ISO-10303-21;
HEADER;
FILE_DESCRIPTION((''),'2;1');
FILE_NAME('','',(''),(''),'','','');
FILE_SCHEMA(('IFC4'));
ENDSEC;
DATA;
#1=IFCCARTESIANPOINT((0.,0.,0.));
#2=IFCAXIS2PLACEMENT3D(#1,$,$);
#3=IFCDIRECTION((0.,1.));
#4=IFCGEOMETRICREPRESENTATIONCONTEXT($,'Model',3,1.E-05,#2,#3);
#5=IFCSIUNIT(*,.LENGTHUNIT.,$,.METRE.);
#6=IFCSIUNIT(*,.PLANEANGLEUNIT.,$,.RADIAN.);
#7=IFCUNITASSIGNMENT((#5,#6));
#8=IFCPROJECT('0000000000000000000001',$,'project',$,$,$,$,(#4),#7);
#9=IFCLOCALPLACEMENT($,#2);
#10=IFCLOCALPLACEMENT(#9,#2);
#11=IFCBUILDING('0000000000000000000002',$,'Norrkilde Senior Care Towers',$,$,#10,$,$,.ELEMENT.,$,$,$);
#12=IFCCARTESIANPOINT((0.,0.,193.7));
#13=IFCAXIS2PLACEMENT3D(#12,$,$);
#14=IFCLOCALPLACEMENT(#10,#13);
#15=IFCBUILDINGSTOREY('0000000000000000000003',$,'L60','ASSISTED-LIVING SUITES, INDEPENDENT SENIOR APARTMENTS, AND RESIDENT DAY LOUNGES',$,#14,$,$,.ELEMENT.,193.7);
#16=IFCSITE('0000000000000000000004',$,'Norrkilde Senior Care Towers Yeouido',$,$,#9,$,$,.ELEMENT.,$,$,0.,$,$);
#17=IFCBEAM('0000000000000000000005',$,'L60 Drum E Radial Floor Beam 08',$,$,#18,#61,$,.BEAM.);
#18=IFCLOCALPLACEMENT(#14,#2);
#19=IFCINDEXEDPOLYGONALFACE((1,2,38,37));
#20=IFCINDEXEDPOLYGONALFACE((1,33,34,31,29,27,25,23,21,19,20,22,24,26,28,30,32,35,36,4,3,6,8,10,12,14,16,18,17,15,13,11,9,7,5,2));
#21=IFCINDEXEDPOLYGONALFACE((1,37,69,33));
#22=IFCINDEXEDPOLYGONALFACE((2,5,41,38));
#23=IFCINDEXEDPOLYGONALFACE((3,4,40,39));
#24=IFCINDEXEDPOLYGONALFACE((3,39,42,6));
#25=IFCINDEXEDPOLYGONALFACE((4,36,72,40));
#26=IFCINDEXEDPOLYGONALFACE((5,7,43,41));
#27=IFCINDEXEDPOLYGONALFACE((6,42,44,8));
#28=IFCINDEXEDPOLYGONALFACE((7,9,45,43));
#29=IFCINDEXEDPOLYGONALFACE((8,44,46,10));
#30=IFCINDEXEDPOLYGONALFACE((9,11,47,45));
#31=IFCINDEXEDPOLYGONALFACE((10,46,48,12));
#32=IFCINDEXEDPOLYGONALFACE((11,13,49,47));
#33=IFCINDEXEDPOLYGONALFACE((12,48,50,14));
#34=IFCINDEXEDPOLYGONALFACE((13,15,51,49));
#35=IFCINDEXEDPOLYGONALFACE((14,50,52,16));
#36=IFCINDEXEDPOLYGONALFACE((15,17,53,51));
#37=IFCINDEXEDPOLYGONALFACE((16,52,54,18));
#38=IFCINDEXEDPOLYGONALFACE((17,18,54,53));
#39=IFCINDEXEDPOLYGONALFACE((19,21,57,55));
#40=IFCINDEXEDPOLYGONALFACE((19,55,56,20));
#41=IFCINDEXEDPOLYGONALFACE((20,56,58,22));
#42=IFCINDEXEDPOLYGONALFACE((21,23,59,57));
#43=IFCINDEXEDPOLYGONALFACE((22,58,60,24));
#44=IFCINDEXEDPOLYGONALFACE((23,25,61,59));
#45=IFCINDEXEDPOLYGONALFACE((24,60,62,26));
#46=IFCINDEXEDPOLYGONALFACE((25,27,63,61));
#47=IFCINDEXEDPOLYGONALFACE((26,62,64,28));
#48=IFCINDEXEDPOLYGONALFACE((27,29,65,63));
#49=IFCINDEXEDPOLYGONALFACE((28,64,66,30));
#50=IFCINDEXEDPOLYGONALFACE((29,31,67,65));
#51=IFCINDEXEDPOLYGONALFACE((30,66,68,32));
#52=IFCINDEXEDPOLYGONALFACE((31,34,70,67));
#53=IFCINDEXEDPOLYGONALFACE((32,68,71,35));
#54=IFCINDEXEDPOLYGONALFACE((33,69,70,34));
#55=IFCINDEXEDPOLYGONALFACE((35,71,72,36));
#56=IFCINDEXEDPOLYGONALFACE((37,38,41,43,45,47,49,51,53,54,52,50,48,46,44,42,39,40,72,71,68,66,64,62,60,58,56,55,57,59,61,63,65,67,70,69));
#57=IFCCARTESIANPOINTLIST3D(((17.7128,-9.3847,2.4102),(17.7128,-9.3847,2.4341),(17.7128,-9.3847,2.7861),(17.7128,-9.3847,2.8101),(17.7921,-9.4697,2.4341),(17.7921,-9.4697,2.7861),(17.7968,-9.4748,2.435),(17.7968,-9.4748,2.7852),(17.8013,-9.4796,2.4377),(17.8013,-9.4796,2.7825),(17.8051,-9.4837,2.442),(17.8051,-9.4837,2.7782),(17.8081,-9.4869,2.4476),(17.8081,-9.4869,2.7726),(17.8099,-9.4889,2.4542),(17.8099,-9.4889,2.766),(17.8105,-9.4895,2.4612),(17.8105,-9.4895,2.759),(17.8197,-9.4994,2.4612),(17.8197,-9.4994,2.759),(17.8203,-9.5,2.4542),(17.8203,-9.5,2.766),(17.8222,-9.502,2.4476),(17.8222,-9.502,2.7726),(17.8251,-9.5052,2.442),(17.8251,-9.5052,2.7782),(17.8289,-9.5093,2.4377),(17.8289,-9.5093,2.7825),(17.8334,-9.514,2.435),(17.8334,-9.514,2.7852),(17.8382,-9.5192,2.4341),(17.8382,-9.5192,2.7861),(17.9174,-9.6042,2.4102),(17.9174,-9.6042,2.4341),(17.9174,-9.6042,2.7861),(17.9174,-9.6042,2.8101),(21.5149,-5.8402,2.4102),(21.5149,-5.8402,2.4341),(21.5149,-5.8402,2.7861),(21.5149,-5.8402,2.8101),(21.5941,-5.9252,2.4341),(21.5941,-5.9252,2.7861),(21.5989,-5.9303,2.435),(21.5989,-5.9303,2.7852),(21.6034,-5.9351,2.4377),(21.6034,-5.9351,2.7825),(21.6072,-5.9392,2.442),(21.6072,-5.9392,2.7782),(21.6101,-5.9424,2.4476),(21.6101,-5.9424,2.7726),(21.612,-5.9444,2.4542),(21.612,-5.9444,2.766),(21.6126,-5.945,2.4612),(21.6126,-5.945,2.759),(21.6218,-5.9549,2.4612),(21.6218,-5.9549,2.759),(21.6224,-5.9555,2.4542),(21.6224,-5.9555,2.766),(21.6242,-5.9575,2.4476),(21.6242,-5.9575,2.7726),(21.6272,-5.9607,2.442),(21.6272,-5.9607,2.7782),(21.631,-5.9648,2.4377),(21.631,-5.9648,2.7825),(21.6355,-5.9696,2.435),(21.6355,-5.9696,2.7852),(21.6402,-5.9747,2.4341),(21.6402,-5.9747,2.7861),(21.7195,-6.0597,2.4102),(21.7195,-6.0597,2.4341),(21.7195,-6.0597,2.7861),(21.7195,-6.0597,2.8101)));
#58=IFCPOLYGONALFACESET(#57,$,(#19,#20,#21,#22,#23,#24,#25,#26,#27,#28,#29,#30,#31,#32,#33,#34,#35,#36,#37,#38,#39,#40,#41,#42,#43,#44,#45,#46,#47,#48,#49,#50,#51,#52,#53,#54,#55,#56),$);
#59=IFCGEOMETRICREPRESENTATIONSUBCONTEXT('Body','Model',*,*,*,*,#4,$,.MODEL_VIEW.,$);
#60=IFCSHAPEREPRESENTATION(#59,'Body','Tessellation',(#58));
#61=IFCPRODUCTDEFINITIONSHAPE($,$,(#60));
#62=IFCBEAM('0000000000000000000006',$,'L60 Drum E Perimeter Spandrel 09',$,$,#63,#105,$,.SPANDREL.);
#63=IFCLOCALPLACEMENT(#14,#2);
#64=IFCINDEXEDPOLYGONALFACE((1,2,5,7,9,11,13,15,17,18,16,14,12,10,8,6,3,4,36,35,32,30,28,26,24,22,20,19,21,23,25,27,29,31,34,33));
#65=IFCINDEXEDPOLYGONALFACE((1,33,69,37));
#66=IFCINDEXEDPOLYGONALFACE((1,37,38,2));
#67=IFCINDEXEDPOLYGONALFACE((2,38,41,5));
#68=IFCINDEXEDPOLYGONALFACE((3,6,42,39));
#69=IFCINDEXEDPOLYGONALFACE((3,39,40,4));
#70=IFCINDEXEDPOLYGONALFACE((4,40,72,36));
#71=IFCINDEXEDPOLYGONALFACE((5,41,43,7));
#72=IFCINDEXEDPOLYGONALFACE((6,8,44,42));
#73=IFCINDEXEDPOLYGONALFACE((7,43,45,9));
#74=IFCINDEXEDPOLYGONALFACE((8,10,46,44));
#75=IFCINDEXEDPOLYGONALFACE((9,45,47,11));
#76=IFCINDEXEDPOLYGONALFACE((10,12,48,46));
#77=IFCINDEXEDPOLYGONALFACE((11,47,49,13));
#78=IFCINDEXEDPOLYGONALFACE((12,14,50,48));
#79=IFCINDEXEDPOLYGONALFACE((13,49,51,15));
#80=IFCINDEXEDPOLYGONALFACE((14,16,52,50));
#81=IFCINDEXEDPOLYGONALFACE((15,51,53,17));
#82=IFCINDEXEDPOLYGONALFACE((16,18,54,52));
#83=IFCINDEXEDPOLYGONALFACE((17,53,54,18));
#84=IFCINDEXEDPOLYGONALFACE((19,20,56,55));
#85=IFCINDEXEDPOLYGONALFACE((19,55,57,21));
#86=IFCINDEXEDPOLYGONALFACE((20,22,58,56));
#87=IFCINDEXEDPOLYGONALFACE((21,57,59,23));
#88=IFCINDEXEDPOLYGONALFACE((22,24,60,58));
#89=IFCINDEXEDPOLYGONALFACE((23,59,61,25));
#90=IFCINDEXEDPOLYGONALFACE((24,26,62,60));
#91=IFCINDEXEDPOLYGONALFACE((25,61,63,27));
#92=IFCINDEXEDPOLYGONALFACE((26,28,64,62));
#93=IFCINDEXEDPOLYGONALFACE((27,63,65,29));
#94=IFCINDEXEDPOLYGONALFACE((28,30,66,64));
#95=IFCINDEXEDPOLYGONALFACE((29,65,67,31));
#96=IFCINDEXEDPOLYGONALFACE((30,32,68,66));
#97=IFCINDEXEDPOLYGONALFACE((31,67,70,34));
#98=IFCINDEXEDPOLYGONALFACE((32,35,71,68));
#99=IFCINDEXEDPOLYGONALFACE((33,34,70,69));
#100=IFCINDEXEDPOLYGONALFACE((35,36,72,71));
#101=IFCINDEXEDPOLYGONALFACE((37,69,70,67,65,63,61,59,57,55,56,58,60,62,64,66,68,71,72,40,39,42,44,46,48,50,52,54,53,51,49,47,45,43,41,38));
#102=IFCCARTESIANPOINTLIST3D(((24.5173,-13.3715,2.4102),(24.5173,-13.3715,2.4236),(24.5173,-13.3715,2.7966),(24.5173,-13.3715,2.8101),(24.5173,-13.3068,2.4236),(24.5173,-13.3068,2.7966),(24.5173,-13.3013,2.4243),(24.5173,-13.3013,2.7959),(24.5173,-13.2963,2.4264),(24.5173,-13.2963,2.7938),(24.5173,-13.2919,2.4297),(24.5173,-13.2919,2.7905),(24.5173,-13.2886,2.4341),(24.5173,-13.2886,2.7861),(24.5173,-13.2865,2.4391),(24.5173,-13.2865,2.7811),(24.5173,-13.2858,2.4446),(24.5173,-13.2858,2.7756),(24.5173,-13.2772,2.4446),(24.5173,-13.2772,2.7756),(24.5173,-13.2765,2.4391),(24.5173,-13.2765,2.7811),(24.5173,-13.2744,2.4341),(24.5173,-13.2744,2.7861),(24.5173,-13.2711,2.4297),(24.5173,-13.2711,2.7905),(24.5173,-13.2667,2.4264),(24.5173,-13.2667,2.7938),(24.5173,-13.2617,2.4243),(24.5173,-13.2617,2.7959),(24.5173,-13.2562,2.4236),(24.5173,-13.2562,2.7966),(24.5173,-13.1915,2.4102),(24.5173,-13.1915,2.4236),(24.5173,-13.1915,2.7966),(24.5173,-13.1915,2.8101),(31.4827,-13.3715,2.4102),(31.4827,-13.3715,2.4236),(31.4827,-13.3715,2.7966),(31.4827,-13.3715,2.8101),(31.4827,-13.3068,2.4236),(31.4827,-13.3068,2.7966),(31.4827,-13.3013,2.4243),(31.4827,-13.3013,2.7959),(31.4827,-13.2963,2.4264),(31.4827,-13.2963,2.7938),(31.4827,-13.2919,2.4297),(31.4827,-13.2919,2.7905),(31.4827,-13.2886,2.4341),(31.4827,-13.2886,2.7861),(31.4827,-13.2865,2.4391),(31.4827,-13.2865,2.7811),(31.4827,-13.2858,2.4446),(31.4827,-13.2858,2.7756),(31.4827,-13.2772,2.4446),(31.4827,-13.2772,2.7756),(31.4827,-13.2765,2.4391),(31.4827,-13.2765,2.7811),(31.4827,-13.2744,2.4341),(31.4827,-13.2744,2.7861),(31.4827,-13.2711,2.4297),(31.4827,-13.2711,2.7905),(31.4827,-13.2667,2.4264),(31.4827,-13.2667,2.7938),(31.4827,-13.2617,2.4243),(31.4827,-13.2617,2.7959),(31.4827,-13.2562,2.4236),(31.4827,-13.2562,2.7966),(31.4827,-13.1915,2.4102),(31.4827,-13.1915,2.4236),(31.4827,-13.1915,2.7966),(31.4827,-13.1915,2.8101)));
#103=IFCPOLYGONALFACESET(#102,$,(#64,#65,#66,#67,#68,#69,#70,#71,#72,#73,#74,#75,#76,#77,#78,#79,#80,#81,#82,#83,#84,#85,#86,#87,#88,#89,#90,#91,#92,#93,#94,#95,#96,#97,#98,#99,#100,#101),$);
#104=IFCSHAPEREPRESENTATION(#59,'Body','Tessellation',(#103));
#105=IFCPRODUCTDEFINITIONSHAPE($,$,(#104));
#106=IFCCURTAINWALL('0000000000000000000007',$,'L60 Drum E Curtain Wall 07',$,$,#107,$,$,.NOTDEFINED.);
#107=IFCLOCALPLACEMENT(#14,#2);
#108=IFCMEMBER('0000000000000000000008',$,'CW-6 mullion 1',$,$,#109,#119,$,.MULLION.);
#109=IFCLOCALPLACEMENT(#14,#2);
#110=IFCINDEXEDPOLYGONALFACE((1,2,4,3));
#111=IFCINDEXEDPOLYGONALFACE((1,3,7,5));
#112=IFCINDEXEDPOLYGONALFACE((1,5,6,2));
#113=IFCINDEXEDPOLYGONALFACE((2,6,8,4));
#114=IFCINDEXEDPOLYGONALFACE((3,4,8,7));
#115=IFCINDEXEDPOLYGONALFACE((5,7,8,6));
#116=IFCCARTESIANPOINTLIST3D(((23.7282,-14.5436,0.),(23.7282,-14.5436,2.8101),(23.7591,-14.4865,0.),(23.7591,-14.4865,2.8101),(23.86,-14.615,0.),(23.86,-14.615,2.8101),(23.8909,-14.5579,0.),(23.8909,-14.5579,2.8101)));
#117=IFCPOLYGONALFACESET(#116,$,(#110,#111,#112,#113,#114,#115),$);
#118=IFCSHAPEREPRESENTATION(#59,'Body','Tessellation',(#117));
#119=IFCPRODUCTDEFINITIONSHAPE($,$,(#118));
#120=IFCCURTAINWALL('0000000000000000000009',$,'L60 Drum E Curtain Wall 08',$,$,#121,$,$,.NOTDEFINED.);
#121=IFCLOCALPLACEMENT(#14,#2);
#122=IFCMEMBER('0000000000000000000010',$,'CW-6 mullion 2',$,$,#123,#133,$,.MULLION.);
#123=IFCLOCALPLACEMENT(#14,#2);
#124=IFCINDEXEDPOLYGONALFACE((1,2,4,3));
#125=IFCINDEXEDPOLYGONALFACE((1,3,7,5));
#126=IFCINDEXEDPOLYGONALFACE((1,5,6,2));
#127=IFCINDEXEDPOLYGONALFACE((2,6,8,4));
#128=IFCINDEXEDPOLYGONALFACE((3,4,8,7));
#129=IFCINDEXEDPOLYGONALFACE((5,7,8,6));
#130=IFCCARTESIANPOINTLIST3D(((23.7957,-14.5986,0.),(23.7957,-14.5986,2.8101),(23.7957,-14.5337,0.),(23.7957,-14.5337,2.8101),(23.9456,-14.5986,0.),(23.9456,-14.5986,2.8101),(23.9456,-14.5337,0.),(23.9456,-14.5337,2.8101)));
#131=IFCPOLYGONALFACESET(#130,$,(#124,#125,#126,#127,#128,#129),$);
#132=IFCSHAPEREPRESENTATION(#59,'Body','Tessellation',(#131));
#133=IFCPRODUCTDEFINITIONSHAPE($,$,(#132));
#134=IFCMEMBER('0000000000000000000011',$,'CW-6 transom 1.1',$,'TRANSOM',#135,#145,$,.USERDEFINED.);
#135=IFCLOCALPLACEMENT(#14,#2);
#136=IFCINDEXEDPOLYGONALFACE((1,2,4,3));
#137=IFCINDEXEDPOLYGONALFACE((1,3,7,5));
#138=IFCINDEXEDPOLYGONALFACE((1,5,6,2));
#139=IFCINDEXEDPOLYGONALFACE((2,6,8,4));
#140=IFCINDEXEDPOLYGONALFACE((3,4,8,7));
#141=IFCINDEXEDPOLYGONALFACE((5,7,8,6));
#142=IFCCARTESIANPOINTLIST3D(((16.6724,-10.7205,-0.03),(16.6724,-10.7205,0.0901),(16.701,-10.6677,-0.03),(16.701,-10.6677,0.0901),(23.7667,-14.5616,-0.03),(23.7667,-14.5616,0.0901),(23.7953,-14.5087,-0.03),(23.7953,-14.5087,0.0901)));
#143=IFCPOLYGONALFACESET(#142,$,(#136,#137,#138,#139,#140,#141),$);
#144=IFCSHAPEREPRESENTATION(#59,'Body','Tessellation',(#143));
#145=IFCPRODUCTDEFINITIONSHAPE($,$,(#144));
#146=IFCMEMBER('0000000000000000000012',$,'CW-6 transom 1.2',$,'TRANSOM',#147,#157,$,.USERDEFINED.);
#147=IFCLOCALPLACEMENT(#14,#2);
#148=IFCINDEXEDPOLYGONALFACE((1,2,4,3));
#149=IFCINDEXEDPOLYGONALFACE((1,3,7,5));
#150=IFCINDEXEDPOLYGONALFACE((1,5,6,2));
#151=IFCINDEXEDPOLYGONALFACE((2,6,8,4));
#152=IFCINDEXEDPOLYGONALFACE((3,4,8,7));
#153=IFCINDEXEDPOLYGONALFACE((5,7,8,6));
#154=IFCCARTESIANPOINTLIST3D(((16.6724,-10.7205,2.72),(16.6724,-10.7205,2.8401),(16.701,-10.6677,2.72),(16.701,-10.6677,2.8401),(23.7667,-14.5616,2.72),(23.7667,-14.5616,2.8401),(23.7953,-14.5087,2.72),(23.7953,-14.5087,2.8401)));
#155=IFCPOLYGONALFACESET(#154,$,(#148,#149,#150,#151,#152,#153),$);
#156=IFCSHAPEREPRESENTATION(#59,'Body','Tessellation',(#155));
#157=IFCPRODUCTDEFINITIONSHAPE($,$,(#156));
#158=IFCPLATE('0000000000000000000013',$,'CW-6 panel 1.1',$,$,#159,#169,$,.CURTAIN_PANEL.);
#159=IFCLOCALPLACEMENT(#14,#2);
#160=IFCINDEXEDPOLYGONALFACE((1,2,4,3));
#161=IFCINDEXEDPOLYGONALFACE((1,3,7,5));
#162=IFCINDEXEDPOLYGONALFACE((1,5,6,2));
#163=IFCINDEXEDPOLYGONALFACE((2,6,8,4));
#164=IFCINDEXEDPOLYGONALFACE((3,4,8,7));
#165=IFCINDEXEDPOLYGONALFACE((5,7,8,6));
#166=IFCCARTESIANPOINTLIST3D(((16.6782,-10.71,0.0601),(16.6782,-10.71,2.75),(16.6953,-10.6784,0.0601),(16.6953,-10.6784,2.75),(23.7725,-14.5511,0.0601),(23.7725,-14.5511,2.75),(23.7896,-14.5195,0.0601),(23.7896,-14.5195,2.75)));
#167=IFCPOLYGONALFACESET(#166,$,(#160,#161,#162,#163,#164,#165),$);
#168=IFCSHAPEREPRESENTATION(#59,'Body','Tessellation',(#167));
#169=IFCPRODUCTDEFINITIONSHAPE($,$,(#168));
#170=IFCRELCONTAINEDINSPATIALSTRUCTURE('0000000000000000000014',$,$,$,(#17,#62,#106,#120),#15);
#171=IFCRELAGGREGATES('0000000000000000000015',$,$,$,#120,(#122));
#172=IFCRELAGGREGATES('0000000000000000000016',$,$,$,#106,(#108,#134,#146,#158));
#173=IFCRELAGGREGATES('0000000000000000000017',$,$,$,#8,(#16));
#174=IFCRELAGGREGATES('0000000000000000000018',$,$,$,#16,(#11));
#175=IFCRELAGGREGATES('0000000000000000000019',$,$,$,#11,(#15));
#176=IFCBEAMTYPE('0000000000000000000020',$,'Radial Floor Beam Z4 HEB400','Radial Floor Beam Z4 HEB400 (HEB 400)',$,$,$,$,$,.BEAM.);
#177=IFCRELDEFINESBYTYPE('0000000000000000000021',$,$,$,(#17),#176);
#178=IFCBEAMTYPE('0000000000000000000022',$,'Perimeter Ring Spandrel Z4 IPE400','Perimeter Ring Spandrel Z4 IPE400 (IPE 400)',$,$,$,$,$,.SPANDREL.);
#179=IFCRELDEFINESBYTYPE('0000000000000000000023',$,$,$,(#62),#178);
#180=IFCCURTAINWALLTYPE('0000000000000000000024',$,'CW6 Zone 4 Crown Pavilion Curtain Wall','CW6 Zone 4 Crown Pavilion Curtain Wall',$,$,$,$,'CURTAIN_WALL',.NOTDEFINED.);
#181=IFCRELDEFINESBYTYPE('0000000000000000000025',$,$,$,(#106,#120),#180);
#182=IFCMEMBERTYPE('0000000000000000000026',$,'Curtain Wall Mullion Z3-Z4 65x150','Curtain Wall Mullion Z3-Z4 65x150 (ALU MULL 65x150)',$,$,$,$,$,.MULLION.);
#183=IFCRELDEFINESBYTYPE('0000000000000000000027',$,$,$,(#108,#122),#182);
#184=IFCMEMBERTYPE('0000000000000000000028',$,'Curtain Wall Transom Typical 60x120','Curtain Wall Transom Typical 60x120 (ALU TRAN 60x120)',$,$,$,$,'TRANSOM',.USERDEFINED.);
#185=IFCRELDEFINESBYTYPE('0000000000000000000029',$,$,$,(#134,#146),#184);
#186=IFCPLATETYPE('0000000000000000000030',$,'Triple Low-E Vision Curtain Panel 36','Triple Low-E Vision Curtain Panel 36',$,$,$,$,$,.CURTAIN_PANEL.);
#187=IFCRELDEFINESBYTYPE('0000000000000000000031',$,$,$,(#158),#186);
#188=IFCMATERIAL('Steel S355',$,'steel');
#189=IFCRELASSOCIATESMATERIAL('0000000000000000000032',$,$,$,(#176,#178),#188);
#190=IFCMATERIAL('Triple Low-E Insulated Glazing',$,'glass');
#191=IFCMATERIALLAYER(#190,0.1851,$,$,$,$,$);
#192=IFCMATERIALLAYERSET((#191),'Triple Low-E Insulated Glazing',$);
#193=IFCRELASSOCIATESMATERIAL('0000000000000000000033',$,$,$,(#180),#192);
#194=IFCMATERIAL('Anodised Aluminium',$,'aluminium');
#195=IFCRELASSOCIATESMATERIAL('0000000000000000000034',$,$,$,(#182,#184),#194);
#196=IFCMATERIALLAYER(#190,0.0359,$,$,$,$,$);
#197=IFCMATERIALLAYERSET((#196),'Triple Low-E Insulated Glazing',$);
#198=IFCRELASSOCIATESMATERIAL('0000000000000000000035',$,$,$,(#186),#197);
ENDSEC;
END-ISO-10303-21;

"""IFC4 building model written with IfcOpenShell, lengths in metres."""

from ifc_helpers import new_model, si_unit, direction, frame, origin, origin_2d, place, context, subcontext, project, spatial, rectangle, i_section, extrude, source, transform, mapped, material, layer, layer_set, material_profile, profile_set, type_object, type_shapes, element, aggregate, save


model = new_model("IFC4")

# Units and contexts
model_context = context("Model", 3, precision=1e-05, world=origin(), true_north=direction((0.0, 1.0)))
body_context = subcontext(model_context, "Body", "Model", "MODEL_VIEW")
ifc_project = project(units=[si_unit("LENGTHUNIT", "METRE"), si_unit("PLANEANGLEUNIT", "RADIAN")], contexts=[model_context])

# Site, building, storey
site_placement = place(None, origin())
site = spatial("IfcSite", under=ifc_project, at=site_placement, Name="Norrkilde Senior Care Towers Yeouido", CompositionType="ELEMENT", RefElevation=0.0)
building_placement = place(site_placement, origin())
building = spatial("IfcBuilding", under=site, at=building_placement, Name="Norrkilde Senior Care Towers", CompositionType="ELEMENT")
storey_placement = place(building_placement, frame((0.0, 0.0, 193.7)))
storey = spatial("IfcBuildingStorey", under=building, at=storey_placement, Name="L60", Description="ASSISTED-LIVING SUITES, INDEPENDENT SENIOR APARTMENTS, AND RESIDENT DAY LOUNGES", CompositionType="ELEMENT", Elevation=193.7)

# Beams
ifc_material_1 = material(Name="Steel S355", Category="steel")
ifc_material_profile_1 = material_profile(ifc_material_1, i_section(OverallWidth=0.3, OverallDepth=0.3999, WebThickness=0.0134, FlangeThickness=0.0239, FilletRadius=0.0271, at=origin_2d()), Name="HEB 400")
ifc_profile_set_1 = profile_set([ifc_material_profile_1], Name="Steel S355")
beam_type_1 = type_object("IfcBeamType", Name="Radial Floor Beam Z4 HEB400", Description="Radial Floor Beam Z4 HEB400 (HEB 400)", PredefinedType="BEAM", material=ifc_profile_set_1)
shared_shape_1 = source(origin(), body_context, "Body", "SweptSolid", [
    extrude(i_section(OverallWidth=0.3, OverallDepth=0.3999, WebThickness=0.0134, FlangeThickness=0.0239, FilletRadius=0.0271, at=origin_2d()), origin(), (0.0, 0.0, 1.0), 5.198),
])
beam_1_placement = place(storey_placement, frame((21.6172, -5.95, 2.6101), z_axis=(-0.731449, -0.681896, 0.0), x_axis=(0.681896, -0.731449, 0.0)))
element("IfcBeam", 1, at=beam_1_placement, inside=storey, type_object=beam_type_1, Name="L60 Drum E Radial Floor Beam 08", PredefinedType="BEAM", context=body_context, shape_type="MappedRepresentation", body=[
    mapped(shared_shape_1, transform((0.0, 0.0, 0.0), x_axis=(1.0, 0.0, 0.0), y_axis=(0.0, 1.0, 0.0), z_axis=(0.0, 0.0, 1.0), scale=1.0)),
])
ifc_material_profile_2 = material_profile(ifc_material_1, i_section(OverallWidth=0.1799, OverallDepth=0.3999, WebThickness=0.0085, FlangeThickness=0.0134, FilletRadius=0.021, at=origin_2d()), Name="IPE 400")
ifc_profile_set_2 = profile_set([ifc_material_profile_2], Name="Steel S355")
beam_type_2 = type_object("IfcBeamType", Name="Perimeter Ring Spandrel Z4 IPE400", Description="Perimeter Ring Spandrel Z4 IPE400 (IPE 400)", PredefinedType="SPANDREL", material=ifc_profile_set_2)
shared_shape_2 = source(origin(), body_context, "Body", "SweptSolid", [
    extrude(i_section(OverallWidth=0.1799, OverallDepth=0.3999, WebThickness=0.0085, FlangeThickness=0.0134, FilletRadius=0.021, at=origin_2d()), origin(), (0.0, 0.0, 1.0), 6.9653),
])
type_shapes(beam_type_2, [shared_shape_2])
beam_2_placement = place(storey_placement, frame((24.5173, -13.2815, 2.6101), z_axis=(1.0, 0.0, 0.0), x_axis=(0.0, 1.0, 0.0)))
element("IfcBeam", 2, at=beam_2_placement, inside=storey, type_object=beam_type_2, Name="L60 Drum E Perimeter Spandrel 09", PredefinedType="SPANDREL", context=body_context, shape_type="MappedRepresentation", body=[
    mapped(shared_shape_2, transform((0.0, 0.0, 0.0), x_axis=(1.0, 0.0, 0.0), y_axis=(0.0, 1.0, 0.0), z_axis=(0.0, 0.0, 1.0), scale=1.0)),
])

# Curtain walls, members
ifc_material_2 = material(Name="Triple Low-E Insulated Glazing", Category="glass")
ifc_layer_1 = layer(ifc_material_2, 0.1851)
ifc_layer_set_1 = layer_set([ifc_layer_1], Name="Triple Low-E Insulated Glazing")
curtain_wall_type = type_object("IfcCurtainWallType", Name="CW6 Zone 4 Crown Pavilion Curtain Wall", Description="CW6 Zone 4 Crown Pavilion Curtain Wall", ElementType="CURTAIN_WALL", PredefinedType="NOTDEFINED", material=ifc_layer_set_1)
curtain_wall_1_placement = place(storey_placement, origin())
curtain_wall_1 = element("IfcCurtainWall", 3, at=curtain_wall_1_placement, inside=storey, type_object=curtain_wall_type, Name="L60 Drum E Curtain Wall 07", PredefinedType="NOTDEFINED")
ifc_material_3 = material(Name="Anodised Aluminium", Category="aluminium")
ifc_material_profile_3 = material_profile(ifc_material_3, rectangle(XDim=0.0649, YDim=0.1499, at=origin_2d()), Name="ALU MULL 65x150")
ifc_profile_set_3 = profile_set([ifc_material_profile_3], Name="Anodised Aluminium")
member_type_1 = type_object("IfcMemberType", Name="Curtain Wall Mullion Z3-Z4 65x150", Description="Curtain Wall Mullion Z3-Z4 65x150 (ALU MULL 65x150)", PredefinedType="MULLION", material=ifc_profile_set_3)
shared_shape_3 = source(origin(), body_context, "Body", "SweptSolid", [
    extrude(rectangle(XDim=0.0649, YDim=0.1499, at=origin_2d()), origin(), (0.0, 0.0, 1.0), 2.8101),
])
type_shapes(member_type_1, [shared_shape_3])
member_1_placement = place(storey_placement, frame((23.8096, -14.5508, 0.0), z_axis=(0.0, 0.0, 1.0), x_axis=(-0.476133, -0.879373, 0.0)))
member_1 = element("IfcMember", 4, at=member_1_placement, type_object=member_type_1, Name="CW-6 mullion 1", PredefinedType="MULLION", context=body_context, shape_type="MappedRepresentation", body=[
    mapped(shared_shape_3, transform((0.0, 0.0, 0.0), x_axis=(1.0, 0.0, 0.0), y_axis=(0.0, 1.0, 0.0), z_axis=(0.0, 0.0, 1.0), scale=1.0)),
])
curtain_wall_2_placement = place(storey_placement, origin())
curtain_wall_2 = element("IfcCurtainWall", 5, at=curtain_wall_2_placement, inside=storey, type_object=curtain_wall_type, Name="L60 Drum E Curtain Wall 08", PredefinedType="NOTDEFINED")
member_2_placement = place(storey_placement, frame((23.8706, -14.5662, 0.0), z_axis=(0.0, 0.0, 1.0), x_axis=(0.0, -1.0, 0.0)))
member_2 = element("IfcMember", 6, at=member_2_placement, type_object=member_type_1, Name="CW-6 mullion 2", PredefinedType="MULLION", context=body_context, shape_type="MappedRepresentation", body=[
    mapped(shared_shape_3, transform((0.0, 0.0, 0.0), x_axis=(1.0, 0.0, 0.0), y_axis=(0.0, 1.0, 0.0), z_axis=(0.0, 0.0, 1.0), scale=1.0)),
])
aggregate(curtain_wall_2, [member_2])

# Members
ifc_material_profile_4 = material_profile(ifc_material_3, rectangle(XDim=0.0601, YDim=0.1201, at=origin_2d()), Name="ALU TRAN 60x120")
ifc_profile_set_4 = profile_set([ifc_material_profile_4], Name="Anodised Aluminium")
member_type_2 = type_object("IfcMemberType", Name="Curtain Wall Transom Typical 60x120", Description="Curtain Wall Transom Typical 60x120 (ALU TRAN 60x120)", ElementType="TRANSOM", PredefinedType="USERDEFINED", material=ifc_profile_set_4)
shared_shape_4 = source(origin(), body_context, "Body", "SweptSolid", [
    extrude(rectangle(XDim=0.0601, YDim=0.1201, at=origin_2d()), origin(), (0.0, 0.0, 1.0), 8.0674),
])
type_shapes(member_type_2, [shared_shape_4])
member_3_placement = place(storey_placement, frame((23.781, -14.5352, 0.03), z_axis=(-0.879378, 0.476125, 0.0), x_axis=(-0.476125, -0.879378, 0.0)))
member_3 = element("IfcMember", 7, at=member_3_placement, type_object=member_type_2, Name="CW-6 transom 1.1", ObjectType="TRANSOM", PredefinedType="USERDEFINED", context=body_context, shape_type="MappedRepresentation", body=[
    mapped(shared_shape_4, transform((0.0, 0.0, 0.0), x_axis=(1.0, 0.0, 0.0), y_axis=(0.0, 1.0, 0.0), z_axis=(0.0, 0.0, 1.0), scale=1.0)),
])
member_4_placement = place(storey_placement, frame((23.781, -14.5352, 2.78), z_axis=(-0.879378, 0.476125, 0.0), x_axis=(-0.476125, -0.879378, 0.0)))
member_4 = element("IfcMember", 8, at=member_4_placement, type_object=member_type_2, Name="CW-6 transom 1.2", ObjectType="TRANSOM", PredefinedType="USERDEFINED", context=body_context, shape_type="MappedRepresentation", body=[
    mapped(shared_shape_4, transform((0.0, 0.0, 0.0), x_axis=(1.0, 0.0, 0.0), y_axis=(0.0, 1.0, 0.0), z_axis=(0.0, 0.0, 1.0), scale=1.0)),
])

# Plate
ifc_layer_2 = layer(ifc_material_2, 0.0359)
ifc_layer_set_2 = layer_set([ifc_layer_2], Name="Triple Low-E Insulated Glazing")
plate_type = type_object("IfcPlateType", Name="Triple Low-E Vision Curtain Panel 36", Description="Triple Low-E Vision Curtain Panel 36", PredefinedType="CURTAIN_PANEL", material=ifc_layer_set_2)
shared_shape_5 = source(origin(), body_context, "Body", "SweptSolid", [
    extrude(rectangle(XDim=8.0674, YDim=0.0359, at=origin_2d()), origin(), (0.0, 0.0, 1.0), 2.6899),
])
type_shapes(plate_type, [shared_shape_5])
plate_placement = place(storey_placement, frame((20.2339, -12.6147, 0.0601), z_axis=(0.0, 0.0, 1.0), x_axis=(-0.879373, 0.476133, 0.0)))
plate = element("IfcPlate", 9, at=plate_placement, type_object=plate_type, Name="CW-6 panel 1.1", PredefinedType="CURTAIN_PANEL", context=body_context, shape_type="MappedRepresentation", body=[
    mapped(shared_shape_5, transform((0.0, 0.0, 0.0), x_axis=(1.0, 0.0, 0.0), y_axis=(0.0, 1.0, 0.0), z_axis=(0.0, 0.0, 1.0), scale=1.0)),
])
aggregate(curtain_wall_1, [member_1, member_3, member_4, plate])

save(model, "model.ifc")
